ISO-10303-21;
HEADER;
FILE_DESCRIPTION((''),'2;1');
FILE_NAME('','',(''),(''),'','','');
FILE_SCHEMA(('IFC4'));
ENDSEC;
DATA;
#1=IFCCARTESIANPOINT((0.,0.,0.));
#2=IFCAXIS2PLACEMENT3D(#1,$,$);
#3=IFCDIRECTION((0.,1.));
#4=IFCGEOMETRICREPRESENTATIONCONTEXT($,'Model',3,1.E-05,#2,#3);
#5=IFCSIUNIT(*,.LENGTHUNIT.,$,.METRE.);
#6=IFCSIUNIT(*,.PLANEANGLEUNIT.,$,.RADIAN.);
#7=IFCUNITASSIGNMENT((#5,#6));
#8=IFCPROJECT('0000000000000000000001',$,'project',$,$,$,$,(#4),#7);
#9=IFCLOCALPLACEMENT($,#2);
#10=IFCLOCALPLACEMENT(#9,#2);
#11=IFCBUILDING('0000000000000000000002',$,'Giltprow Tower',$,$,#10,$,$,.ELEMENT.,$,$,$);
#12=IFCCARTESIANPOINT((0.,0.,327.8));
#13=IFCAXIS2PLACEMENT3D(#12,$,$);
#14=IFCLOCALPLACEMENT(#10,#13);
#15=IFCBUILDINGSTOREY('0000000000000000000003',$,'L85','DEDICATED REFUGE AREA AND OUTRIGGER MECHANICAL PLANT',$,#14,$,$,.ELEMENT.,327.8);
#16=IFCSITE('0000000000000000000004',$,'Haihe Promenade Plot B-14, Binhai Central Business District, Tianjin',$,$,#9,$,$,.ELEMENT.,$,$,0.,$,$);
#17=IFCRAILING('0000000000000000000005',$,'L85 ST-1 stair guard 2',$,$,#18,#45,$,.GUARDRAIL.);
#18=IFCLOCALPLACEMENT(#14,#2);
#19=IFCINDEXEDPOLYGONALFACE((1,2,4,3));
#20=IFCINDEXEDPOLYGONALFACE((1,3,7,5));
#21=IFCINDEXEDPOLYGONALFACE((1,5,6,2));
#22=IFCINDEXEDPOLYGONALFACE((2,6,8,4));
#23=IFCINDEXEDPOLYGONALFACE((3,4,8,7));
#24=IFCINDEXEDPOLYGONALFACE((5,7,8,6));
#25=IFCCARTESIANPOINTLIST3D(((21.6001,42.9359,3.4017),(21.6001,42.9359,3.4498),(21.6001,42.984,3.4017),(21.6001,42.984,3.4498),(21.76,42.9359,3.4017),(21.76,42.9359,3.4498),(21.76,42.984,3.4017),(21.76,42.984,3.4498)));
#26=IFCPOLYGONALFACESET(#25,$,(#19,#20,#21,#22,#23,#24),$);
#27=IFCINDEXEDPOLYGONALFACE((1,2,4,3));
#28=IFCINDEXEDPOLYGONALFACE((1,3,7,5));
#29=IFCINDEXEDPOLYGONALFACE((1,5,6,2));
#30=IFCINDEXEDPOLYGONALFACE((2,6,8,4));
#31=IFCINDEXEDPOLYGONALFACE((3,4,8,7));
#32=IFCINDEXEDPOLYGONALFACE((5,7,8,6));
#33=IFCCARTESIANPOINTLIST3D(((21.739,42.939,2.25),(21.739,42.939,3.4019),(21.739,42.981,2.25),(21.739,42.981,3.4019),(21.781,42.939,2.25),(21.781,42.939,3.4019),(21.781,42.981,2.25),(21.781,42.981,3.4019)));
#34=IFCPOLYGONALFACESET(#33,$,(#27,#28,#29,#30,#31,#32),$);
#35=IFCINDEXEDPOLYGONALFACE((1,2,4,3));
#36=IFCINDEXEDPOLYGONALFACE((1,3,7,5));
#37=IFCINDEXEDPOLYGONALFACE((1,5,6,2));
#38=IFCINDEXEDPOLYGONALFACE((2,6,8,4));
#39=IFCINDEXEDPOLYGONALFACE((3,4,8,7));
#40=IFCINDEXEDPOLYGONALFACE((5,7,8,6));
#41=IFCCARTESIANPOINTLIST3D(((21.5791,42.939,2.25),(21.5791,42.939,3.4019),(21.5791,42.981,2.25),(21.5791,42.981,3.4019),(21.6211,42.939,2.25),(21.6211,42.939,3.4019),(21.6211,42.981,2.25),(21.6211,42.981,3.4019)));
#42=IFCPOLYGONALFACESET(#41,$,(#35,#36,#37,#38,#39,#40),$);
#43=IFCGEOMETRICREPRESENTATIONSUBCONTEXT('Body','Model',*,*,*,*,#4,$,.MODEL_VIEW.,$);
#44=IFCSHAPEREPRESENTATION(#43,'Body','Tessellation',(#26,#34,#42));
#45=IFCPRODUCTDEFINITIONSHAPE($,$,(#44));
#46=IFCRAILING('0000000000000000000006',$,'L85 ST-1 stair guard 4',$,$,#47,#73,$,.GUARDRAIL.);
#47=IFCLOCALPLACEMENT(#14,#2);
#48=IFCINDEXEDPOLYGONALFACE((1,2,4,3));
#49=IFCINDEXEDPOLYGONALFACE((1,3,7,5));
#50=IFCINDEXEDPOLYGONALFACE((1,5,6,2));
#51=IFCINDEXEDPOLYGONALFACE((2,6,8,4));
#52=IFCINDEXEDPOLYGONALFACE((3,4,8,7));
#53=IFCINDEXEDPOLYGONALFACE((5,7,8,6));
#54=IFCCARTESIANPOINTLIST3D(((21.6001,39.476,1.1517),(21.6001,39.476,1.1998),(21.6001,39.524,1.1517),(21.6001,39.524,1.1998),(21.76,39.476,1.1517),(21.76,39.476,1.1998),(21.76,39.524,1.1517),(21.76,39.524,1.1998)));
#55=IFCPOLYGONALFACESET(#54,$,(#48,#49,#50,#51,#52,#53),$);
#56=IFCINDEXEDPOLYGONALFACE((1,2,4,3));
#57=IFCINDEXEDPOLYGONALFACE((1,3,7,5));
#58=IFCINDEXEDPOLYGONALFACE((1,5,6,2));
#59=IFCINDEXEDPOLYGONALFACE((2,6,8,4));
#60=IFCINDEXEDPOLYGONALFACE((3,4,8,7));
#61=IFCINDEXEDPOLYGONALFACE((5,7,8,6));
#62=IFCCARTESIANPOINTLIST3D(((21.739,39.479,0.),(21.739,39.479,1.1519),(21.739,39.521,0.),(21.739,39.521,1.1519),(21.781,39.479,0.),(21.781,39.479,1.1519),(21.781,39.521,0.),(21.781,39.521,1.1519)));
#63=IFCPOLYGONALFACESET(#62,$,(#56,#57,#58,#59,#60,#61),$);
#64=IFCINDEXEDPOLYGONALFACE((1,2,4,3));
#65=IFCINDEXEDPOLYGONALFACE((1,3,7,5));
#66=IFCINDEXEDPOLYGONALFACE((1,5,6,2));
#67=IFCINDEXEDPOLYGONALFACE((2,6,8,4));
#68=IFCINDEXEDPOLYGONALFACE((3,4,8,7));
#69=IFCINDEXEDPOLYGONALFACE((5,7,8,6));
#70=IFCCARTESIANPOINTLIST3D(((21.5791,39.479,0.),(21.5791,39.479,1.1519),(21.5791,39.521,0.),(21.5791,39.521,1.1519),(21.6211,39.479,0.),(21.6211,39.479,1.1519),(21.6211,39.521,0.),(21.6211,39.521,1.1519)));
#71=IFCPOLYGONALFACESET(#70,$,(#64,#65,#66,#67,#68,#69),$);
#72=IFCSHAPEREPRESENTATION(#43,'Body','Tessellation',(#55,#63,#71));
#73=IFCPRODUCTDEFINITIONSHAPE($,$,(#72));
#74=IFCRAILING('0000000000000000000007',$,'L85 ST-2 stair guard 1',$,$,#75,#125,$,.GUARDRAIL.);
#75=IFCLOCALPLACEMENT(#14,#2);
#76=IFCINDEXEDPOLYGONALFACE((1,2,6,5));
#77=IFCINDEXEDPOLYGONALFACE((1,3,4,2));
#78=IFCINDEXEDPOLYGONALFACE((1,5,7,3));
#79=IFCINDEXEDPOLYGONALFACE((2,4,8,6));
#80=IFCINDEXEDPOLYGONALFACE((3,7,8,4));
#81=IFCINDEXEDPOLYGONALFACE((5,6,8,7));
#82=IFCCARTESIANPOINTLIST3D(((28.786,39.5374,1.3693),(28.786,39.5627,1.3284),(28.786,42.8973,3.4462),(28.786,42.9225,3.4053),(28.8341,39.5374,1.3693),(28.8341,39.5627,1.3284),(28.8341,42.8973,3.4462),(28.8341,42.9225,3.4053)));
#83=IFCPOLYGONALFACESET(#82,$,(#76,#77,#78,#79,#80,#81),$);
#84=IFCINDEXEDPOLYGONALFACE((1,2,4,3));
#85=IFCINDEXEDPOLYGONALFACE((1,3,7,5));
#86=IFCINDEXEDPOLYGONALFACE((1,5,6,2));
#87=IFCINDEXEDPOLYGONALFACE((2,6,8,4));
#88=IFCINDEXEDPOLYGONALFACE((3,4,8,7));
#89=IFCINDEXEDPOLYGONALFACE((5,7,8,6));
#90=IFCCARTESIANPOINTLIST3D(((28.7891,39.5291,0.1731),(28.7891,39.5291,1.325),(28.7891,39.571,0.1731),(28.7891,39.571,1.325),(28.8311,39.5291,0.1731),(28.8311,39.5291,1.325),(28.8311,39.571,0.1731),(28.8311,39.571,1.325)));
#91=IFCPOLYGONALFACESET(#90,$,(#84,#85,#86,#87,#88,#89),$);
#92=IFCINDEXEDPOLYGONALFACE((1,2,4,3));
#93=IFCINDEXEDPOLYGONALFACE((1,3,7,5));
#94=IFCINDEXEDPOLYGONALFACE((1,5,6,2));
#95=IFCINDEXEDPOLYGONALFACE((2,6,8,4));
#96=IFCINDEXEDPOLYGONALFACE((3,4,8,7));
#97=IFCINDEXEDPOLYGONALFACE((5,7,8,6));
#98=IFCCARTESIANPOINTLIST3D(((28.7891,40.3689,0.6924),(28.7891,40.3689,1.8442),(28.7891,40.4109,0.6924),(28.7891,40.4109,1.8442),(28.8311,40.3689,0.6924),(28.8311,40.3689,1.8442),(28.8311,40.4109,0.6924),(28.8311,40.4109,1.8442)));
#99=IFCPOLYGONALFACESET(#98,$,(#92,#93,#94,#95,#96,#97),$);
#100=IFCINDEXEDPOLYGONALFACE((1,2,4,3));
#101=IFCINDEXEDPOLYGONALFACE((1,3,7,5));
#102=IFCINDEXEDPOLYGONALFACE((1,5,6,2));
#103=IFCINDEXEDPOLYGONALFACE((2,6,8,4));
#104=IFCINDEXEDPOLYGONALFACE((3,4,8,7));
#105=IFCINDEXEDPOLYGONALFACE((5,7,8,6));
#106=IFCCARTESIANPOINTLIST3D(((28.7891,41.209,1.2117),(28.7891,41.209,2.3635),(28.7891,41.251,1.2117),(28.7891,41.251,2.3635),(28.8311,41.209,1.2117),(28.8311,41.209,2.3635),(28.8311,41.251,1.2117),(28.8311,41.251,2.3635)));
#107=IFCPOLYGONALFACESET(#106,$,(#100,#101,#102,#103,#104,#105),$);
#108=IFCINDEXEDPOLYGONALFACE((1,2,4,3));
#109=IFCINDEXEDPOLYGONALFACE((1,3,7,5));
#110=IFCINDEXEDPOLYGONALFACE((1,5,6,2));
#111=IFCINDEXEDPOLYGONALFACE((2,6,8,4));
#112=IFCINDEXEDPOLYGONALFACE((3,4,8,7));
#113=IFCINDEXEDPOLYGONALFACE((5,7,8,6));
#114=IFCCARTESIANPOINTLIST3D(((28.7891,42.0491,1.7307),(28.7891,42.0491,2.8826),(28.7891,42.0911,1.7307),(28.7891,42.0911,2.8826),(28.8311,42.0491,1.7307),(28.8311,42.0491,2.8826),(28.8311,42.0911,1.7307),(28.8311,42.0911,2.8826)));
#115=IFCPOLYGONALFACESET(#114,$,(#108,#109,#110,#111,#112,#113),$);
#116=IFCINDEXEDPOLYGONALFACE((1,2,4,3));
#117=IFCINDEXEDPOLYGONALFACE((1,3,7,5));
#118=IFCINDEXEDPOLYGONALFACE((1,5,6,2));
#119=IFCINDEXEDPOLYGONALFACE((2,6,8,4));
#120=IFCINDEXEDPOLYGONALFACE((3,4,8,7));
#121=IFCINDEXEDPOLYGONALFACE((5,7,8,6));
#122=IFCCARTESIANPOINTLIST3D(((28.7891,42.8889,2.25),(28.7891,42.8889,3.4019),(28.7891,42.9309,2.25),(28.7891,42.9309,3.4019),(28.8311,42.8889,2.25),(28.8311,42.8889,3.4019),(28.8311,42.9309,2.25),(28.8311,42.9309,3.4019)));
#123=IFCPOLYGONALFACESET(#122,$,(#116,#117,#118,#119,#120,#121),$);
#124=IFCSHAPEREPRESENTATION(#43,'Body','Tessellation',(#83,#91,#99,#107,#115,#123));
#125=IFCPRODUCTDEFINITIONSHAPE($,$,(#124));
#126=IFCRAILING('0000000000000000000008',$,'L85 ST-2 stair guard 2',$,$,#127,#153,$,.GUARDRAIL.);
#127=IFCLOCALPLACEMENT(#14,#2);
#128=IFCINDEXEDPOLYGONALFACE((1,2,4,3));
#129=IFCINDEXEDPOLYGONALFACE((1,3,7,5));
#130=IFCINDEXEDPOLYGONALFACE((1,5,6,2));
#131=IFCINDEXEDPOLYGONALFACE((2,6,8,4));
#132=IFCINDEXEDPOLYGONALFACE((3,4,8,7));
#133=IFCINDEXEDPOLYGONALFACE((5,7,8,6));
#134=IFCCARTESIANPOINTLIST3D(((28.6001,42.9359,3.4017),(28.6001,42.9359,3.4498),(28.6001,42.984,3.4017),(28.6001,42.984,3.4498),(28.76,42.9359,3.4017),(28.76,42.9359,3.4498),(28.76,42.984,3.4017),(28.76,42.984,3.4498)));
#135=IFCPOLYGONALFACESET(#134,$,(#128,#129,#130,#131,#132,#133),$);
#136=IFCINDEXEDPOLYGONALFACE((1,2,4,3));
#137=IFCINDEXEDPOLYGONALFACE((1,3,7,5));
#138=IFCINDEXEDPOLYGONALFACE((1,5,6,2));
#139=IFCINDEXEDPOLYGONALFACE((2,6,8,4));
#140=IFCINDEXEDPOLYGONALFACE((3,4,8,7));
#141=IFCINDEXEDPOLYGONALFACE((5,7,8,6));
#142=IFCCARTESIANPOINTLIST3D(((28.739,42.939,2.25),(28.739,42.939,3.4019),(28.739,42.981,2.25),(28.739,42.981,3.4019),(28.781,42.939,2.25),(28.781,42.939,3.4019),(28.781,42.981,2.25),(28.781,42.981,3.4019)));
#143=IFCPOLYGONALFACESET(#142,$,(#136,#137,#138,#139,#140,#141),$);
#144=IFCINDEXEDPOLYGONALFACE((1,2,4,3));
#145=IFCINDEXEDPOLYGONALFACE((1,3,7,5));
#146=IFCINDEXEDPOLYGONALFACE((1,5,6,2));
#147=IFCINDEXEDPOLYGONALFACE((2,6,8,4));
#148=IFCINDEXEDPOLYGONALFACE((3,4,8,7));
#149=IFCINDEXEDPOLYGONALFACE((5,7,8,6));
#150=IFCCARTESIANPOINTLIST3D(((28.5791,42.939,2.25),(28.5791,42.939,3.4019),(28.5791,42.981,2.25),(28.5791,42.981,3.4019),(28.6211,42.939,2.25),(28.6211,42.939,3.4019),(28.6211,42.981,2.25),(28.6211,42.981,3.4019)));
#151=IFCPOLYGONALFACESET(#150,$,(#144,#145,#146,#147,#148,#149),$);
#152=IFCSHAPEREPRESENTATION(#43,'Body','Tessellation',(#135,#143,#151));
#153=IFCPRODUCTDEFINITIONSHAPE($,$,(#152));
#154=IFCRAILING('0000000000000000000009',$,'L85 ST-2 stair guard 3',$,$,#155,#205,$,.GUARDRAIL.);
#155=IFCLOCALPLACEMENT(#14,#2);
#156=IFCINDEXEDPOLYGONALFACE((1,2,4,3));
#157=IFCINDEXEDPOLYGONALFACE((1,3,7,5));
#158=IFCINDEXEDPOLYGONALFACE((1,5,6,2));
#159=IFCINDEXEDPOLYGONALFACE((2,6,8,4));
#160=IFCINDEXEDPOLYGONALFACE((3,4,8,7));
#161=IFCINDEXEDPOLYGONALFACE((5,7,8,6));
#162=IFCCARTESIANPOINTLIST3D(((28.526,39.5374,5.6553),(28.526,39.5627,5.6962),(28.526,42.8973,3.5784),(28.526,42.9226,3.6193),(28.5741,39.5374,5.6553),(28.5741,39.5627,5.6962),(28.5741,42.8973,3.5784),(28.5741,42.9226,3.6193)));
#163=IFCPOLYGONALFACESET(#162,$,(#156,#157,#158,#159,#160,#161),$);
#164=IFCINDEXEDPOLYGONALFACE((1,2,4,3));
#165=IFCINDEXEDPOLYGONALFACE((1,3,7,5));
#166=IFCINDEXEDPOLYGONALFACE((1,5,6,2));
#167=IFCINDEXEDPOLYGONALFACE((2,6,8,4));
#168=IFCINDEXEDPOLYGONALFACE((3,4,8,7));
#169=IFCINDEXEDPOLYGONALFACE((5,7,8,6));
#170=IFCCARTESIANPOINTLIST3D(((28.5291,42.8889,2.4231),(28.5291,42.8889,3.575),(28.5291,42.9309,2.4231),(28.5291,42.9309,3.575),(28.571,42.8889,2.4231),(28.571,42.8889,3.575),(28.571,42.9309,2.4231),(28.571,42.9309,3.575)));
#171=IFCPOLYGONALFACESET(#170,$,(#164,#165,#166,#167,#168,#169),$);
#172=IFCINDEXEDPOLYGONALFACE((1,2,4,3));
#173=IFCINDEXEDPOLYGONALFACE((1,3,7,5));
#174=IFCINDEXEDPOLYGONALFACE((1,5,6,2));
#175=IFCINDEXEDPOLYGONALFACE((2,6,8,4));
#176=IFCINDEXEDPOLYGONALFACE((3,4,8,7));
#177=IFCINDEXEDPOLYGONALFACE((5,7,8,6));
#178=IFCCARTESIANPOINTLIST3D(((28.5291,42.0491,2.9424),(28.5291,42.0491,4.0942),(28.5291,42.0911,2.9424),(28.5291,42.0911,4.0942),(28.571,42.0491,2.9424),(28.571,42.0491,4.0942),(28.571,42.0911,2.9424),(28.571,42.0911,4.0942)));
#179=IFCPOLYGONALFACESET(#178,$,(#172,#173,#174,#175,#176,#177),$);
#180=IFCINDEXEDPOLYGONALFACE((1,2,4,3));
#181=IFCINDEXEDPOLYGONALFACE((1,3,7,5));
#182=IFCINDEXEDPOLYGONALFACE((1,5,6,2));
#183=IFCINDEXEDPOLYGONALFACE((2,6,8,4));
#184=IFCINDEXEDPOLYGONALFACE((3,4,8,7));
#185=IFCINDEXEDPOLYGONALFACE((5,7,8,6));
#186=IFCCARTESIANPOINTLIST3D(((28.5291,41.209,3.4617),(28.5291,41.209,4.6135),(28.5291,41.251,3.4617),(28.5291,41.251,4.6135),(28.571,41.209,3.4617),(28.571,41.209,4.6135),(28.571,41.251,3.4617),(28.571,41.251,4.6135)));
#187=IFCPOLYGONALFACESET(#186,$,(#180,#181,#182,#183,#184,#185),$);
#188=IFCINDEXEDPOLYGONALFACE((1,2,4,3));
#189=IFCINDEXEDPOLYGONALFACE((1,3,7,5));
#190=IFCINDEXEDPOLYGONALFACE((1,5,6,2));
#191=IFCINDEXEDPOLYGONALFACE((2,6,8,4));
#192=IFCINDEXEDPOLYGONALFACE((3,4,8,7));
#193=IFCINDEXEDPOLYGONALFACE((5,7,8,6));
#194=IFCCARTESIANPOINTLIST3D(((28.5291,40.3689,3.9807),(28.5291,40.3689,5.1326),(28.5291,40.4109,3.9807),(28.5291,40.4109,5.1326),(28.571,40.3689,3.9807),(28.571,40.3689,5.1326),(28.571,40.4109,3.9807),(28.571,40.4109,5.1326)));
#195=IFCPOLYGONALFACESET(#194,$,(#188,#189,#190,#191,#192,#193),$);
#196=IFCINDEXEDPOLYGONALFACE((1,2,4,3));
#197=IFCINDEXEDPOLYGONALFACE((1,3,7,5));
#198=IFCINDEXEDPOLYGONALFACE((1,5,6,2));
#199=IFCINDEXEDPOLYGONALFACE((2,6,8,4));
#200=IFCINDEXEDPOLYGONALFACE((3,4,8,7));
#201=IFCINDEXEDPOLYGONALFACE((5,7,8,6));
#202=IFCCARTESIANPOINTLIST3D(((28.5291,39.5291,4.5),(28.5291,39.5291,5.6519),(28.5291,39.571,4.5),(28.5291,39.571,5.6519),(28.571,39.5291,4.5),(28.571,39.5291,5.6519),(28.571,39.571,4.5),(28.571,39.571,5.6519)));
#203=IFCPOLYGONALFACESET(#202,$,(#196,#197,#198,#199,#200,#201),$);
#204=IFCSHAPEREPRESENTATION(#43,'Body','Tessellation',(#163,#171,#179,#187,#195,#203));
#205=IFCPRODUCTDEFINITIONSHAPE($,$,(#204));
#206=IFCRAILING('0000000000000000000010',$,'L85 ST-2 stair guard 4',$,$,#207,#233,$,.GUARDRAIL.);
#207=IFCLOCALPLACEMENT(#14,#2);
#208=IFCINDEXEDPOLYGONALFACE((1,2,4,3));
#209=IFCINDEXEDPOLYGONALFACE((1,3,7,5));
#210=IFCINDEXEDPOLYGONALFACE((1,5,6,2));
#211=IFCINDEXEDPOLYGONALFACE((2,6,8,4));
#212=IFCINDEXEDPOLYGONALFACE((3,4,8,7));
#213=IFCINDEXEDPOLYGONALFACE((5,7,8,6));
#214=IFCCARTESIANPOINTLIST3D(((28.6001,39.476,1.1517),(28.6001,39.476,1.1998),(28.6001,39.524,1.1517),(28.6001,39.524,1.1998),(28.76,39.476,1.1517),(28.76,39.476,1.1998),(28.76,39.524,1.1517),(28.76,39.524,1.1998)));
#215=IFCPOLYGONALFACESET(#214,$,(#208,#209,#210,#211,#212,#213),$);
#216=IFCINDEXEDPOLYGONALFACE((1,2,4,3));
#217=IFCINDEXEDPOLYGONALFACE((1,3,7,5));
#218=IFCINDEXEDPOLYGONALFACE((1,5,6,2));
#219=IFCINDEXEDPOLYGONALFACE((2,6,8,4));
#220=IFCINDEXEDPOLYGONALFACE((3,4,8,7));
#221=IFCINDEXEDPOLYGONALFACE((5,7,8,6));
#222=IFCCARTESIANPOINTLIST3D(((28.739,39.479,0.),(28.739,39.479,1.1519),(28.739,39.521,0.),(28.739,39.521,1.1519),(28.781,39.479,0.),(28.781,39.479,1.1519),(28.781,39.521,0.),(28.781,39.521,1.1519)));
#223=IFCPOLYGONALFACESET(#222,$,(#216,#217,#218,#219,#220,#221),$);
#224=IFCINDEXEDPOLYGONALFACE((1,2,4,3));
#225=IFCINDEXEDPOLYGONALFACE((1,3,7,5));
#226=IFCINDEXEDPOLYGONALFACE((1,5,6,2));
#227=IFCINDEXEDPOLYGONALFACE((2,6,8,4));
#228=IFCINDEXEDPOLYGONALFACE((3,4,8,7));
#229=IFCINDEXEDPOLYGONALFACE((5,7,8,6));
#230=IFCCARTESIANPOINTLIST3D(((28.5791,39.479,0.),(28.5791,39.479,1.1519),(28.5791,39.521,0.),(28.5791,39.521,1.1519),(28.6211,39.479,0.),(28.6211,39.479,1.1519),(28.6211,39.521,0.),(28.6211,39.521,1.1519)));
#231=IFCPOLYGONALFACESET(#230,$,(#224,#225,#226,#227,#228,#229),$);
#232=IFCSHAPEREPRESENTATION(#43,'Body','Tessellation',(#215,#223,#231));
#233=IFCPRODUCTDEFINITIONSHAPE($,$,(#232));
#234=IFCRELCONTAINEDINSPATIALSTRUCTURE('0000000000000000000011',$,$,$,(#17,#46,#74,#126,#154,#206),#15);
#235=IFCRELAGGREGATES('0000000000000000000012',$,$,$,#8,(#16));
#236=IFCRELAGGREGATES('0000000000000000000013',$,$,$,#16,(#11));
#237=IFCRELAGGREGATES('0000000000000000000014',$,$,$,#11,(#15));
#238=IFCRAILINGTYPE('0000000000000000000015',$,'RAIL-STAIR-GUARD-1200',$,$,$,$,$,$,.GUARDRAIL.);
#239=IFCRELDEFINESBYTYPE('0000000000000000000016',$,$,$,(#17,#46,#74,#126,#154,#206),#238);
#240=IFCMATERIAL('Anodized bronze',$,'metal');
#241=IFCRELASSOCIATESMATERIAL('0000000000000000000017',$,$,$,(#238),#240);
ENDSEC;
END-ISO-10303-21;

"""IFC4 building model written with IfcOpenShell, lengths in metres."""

from ifc_helpers import new_model, si_unit, direction, frame, origin, origin_2d, place, context, subcontext, project, spatial, rectangle, extrude, material, type_object, element, save


model = new_model("IFC4")

# Units and contexts
model_context = context("Model", 3, precision=1e-05, world=origin(), true_north=direction((0.0, 1.0)))
body_context = subcontext(model_context, "Body", "Model", "MODEL_VIEW")
ifc_project = project(units=[si_unit("LENGTHUNIT", "METRE"), si_unit("PLANEANGLEUNIT", "RADIAN")], contexts=[model_context])

# Site, building, storey
site_placement = place(None, origin())
site = spatial("IfcSite", under=ifc_project, at=site_placement, Name="Haihe Promenade Plot B-14, Binhai Central Business District, Tianjin", CompositionType="ELEMENT", RefElevation=0.0)
building_placement = place(site_placement, origin())
building = spatial("IfcBuilding", under=site, at=building_placement, Name="Giltprow Tower", CompositionType="ELEMENT")
storey_placement = place(building_placement, frame((0.0, 0.0, 327.8)))
storey = spatial("IfcBuildingStorey", under=building, at=storey_placement, Name="L85", Description="DEDICATED REFUGE AREA AND OUTRIGGER MECHANICAL PLANT", CompositionType="ELEMENT", Elevation=327.8)

# Railings
ifc_material_1 = material(Name="Anodized bronze", Category="metal")
railing_type_1 = type_object("IfcRailingType", Name="RAIL-STAIR-GUARD-1200", PredefinedType="GUARDRAIL", material=ifc_material_1)
for number, where, name in (
    (1, (21.76, 42.96, 2.25), "L85 ST-1 stair guard 2"),
    (2, (21.76, 39.5, 0.0), "L85 ST-1 stair guard 4"),
):
    element("IfcRailing", number, at=place(storey_placement, frame(where)), inside=storey, type_object=railing_type_1, Name=name, PredefinedType="GUARDRAIL", context=body_context, shape_type="SweptSolid", body=[
        extrude(rectangle(XDim=0.0481, YDim=0.0481, at=origin_2d()), frame((0.0, 0.0, 1.1758), z_axis=(-1.0, 0.0, 0.0), x_axis=(0.0, -1.0, 0.0)), (0.0, 0.0, 1.0), 0.1599),
        extrude(rectangle(XDim=0.042, YDim=0.042, at=origin_2d()), origin(), (0.0, 0.0, 1.0), 1.1519),
        extrude(rectangle(XDim=0.042, YDim=0.042, at=origin_2d()), frame((-0.1599, 0.0, 0.0)), (0.0, 0.0, 1.0), 1.1519),
    ])
railing_1_placement = place(storey_placement, frame((28.8101, 39.55, 0.1731)))
element("IfcRailing", 3, at=railing_1_placement, inside=storey, type_object=railing_type_1, Name="L85 ST-2 stair guard 1", PredefinedType="GUARDRAIL", context=body_context, shape_type="SweptSolid", body=[
    extrude(rectangle(XDim=0.0481, YDim=0.0481, at=origin_2d()), frame((0.0, 0.0, 1.1758), z_axis=(0.0, 0.850606, 0.525803), x_axis=(-1.0, 0.0, 0.0)), (0.0, 0.0, 1.0), 3.95),
    extrude(rectangle(XDim=0.042, YDim=0.042, at=origin_2d()), origin(), (0.0, 0.0, 1.0), 1.1519),
    extrude(rectangle(XDim=0.042, YDim=0.042, at=origin_2d()), frame((0.0, 0.8398, 0.5193)), (0.0, 0.0, 1.0), 1.1519),
    extrude(rectangle(XDim=0.042, YDim=0.042, at=origin_2d()), frame((0.0, 1.6799, 1.0386)), (0.0, 0.0, 1.0), 1.1519),
    extrude(rectangle(XDim=0.042, YDim=0.042, at=origin_2d()), frame((0.0, 2.52, 1.5576)), (0.0, 0.0, 1.0), 1.1519),
    extrude(rectangle(XDim=0.042, YDim=0.042, at=origin_2d()), frame((0.0, 3.3599, 2.0769)), (0.0, 0.0, 1.0), 1.1519),
])
railing_2_placement = place(storey_placement, frame((28.76, 42.96, 2.25)))
element("IfcRailing", 4, at=railing_2_placement, inside=storey, type_object=railing_type_1, Name="L85 ST-2 stair guard 2", PredefinedType="GUARDRAIL", context=body_context, shape_type="SweptSolid", body=[
    extrude(rectangle(XDim=0.0481, YDim=0.0481, at=origin_2d()), frame((0.0, 0.0, 1.1758), z_axis=(-1.0, 0.0, 0.0), x_axis=(0.0, -1.0, 0.0)), (0.0, 0.0, 1.0), 0.1599),
    extrude(rectangle(XDim=0.042, YDim=0.042, at=origin_2d()), origin(), (0.0, 0.0, 1.0), 1.1519),
    extrude(rectangle(XDim=0.042, YDim=0.042, at=origin_2d()), frame((-0.1599, 0.0, 0.0)), (0.0, 0.0, 1.0), 1.1519),
])
railing_3_placement = place(storey_placement, frame((28.55, 42.9099, 2.4231)))
element("IfcRailing", 5, at=railing_3_placement, inside=storey, type_object=railing_type_1, Name="L85 ST-2 stair guard 3", PredefinedType="GUARDRAIL", context=body_context, shape_type="SweptSolid", body=[
    extrude(rectangle(XDim=0.0481, YDim=0.0481, at=origin_2d()), frame((0.0, 0.0, 1.1758), z_axis=(0.0, -0.850606, 0.525803), x_axis=(1.0, 0.0, 0.0)), (0.0, 0.0, 1.0), 3.95),
    extrude(rectangle(XDim=0.042, YDim=0.042, at=origin_2d()), origin(), (0.0, 0.0, 1.0), 1.1519),
    extrude(rectangle(XDim=0.042, YDim=0.042, at=origin_2d()), frame((0.0, -0.8398, 0.5193)), (0.0, 0.0, 1.0), 1.1519),
    extrude(rectangle(XDim=0.042, YDim=0.042, at=origin_2d()), frame((0.0, -1.6799, 1.0386)), (0.0, 0.0, 1.0), 1.1519),
    extrude(rectangle(XDim=0.042, YDim=0.042, at=origin_2d()), frame((0.0, -2.52, 1.5576)), (0.0, 0.0, 1.0), 1.1519),
    extrude(rectangle(XDim=0.042, YDim=0.042, at=origin_2d()), frame((0.0, -3.3599, 2.0769)), (0.0, 0.0, 1.0), 1.1519),
])
railing_4_placement = place(storey_placement, frame((28.76, 39.5, 0.0)))
element("IfcRailing", 6, at=railing_4_placement, inside=storey, type_object=railing_type_1, Name="L85 ST-2 stair guard 4", PredefinedType="GUARDRAIL", context=body_context, shape_type="SweptSolid", body=[
    extrude(rectangle(XDim=0.0481, YDim=0.0481, at=origin_2d()), frame((0.0, 0.0, 1.1758), z_axis=(-1.0, 0.0, 0.0), x_axis=(0.0, -1.0, 0.0)), (0.0, 0.0, 1.0), 0.1599),
    extrude(rectangle(XDim=0.042, YDim=0.042, at=origin_2d()), origin(), (0.0, 0.0, 1.0), 1.1519),
    extrude(rectangle(XDim=0.042, YDim=0.042, at=origin_2d()), frame((-0.1599, 0.0, 0.0)), (0.0, 0.0, 1.0), 1.1519),
])

save(model, "model.ifc")
